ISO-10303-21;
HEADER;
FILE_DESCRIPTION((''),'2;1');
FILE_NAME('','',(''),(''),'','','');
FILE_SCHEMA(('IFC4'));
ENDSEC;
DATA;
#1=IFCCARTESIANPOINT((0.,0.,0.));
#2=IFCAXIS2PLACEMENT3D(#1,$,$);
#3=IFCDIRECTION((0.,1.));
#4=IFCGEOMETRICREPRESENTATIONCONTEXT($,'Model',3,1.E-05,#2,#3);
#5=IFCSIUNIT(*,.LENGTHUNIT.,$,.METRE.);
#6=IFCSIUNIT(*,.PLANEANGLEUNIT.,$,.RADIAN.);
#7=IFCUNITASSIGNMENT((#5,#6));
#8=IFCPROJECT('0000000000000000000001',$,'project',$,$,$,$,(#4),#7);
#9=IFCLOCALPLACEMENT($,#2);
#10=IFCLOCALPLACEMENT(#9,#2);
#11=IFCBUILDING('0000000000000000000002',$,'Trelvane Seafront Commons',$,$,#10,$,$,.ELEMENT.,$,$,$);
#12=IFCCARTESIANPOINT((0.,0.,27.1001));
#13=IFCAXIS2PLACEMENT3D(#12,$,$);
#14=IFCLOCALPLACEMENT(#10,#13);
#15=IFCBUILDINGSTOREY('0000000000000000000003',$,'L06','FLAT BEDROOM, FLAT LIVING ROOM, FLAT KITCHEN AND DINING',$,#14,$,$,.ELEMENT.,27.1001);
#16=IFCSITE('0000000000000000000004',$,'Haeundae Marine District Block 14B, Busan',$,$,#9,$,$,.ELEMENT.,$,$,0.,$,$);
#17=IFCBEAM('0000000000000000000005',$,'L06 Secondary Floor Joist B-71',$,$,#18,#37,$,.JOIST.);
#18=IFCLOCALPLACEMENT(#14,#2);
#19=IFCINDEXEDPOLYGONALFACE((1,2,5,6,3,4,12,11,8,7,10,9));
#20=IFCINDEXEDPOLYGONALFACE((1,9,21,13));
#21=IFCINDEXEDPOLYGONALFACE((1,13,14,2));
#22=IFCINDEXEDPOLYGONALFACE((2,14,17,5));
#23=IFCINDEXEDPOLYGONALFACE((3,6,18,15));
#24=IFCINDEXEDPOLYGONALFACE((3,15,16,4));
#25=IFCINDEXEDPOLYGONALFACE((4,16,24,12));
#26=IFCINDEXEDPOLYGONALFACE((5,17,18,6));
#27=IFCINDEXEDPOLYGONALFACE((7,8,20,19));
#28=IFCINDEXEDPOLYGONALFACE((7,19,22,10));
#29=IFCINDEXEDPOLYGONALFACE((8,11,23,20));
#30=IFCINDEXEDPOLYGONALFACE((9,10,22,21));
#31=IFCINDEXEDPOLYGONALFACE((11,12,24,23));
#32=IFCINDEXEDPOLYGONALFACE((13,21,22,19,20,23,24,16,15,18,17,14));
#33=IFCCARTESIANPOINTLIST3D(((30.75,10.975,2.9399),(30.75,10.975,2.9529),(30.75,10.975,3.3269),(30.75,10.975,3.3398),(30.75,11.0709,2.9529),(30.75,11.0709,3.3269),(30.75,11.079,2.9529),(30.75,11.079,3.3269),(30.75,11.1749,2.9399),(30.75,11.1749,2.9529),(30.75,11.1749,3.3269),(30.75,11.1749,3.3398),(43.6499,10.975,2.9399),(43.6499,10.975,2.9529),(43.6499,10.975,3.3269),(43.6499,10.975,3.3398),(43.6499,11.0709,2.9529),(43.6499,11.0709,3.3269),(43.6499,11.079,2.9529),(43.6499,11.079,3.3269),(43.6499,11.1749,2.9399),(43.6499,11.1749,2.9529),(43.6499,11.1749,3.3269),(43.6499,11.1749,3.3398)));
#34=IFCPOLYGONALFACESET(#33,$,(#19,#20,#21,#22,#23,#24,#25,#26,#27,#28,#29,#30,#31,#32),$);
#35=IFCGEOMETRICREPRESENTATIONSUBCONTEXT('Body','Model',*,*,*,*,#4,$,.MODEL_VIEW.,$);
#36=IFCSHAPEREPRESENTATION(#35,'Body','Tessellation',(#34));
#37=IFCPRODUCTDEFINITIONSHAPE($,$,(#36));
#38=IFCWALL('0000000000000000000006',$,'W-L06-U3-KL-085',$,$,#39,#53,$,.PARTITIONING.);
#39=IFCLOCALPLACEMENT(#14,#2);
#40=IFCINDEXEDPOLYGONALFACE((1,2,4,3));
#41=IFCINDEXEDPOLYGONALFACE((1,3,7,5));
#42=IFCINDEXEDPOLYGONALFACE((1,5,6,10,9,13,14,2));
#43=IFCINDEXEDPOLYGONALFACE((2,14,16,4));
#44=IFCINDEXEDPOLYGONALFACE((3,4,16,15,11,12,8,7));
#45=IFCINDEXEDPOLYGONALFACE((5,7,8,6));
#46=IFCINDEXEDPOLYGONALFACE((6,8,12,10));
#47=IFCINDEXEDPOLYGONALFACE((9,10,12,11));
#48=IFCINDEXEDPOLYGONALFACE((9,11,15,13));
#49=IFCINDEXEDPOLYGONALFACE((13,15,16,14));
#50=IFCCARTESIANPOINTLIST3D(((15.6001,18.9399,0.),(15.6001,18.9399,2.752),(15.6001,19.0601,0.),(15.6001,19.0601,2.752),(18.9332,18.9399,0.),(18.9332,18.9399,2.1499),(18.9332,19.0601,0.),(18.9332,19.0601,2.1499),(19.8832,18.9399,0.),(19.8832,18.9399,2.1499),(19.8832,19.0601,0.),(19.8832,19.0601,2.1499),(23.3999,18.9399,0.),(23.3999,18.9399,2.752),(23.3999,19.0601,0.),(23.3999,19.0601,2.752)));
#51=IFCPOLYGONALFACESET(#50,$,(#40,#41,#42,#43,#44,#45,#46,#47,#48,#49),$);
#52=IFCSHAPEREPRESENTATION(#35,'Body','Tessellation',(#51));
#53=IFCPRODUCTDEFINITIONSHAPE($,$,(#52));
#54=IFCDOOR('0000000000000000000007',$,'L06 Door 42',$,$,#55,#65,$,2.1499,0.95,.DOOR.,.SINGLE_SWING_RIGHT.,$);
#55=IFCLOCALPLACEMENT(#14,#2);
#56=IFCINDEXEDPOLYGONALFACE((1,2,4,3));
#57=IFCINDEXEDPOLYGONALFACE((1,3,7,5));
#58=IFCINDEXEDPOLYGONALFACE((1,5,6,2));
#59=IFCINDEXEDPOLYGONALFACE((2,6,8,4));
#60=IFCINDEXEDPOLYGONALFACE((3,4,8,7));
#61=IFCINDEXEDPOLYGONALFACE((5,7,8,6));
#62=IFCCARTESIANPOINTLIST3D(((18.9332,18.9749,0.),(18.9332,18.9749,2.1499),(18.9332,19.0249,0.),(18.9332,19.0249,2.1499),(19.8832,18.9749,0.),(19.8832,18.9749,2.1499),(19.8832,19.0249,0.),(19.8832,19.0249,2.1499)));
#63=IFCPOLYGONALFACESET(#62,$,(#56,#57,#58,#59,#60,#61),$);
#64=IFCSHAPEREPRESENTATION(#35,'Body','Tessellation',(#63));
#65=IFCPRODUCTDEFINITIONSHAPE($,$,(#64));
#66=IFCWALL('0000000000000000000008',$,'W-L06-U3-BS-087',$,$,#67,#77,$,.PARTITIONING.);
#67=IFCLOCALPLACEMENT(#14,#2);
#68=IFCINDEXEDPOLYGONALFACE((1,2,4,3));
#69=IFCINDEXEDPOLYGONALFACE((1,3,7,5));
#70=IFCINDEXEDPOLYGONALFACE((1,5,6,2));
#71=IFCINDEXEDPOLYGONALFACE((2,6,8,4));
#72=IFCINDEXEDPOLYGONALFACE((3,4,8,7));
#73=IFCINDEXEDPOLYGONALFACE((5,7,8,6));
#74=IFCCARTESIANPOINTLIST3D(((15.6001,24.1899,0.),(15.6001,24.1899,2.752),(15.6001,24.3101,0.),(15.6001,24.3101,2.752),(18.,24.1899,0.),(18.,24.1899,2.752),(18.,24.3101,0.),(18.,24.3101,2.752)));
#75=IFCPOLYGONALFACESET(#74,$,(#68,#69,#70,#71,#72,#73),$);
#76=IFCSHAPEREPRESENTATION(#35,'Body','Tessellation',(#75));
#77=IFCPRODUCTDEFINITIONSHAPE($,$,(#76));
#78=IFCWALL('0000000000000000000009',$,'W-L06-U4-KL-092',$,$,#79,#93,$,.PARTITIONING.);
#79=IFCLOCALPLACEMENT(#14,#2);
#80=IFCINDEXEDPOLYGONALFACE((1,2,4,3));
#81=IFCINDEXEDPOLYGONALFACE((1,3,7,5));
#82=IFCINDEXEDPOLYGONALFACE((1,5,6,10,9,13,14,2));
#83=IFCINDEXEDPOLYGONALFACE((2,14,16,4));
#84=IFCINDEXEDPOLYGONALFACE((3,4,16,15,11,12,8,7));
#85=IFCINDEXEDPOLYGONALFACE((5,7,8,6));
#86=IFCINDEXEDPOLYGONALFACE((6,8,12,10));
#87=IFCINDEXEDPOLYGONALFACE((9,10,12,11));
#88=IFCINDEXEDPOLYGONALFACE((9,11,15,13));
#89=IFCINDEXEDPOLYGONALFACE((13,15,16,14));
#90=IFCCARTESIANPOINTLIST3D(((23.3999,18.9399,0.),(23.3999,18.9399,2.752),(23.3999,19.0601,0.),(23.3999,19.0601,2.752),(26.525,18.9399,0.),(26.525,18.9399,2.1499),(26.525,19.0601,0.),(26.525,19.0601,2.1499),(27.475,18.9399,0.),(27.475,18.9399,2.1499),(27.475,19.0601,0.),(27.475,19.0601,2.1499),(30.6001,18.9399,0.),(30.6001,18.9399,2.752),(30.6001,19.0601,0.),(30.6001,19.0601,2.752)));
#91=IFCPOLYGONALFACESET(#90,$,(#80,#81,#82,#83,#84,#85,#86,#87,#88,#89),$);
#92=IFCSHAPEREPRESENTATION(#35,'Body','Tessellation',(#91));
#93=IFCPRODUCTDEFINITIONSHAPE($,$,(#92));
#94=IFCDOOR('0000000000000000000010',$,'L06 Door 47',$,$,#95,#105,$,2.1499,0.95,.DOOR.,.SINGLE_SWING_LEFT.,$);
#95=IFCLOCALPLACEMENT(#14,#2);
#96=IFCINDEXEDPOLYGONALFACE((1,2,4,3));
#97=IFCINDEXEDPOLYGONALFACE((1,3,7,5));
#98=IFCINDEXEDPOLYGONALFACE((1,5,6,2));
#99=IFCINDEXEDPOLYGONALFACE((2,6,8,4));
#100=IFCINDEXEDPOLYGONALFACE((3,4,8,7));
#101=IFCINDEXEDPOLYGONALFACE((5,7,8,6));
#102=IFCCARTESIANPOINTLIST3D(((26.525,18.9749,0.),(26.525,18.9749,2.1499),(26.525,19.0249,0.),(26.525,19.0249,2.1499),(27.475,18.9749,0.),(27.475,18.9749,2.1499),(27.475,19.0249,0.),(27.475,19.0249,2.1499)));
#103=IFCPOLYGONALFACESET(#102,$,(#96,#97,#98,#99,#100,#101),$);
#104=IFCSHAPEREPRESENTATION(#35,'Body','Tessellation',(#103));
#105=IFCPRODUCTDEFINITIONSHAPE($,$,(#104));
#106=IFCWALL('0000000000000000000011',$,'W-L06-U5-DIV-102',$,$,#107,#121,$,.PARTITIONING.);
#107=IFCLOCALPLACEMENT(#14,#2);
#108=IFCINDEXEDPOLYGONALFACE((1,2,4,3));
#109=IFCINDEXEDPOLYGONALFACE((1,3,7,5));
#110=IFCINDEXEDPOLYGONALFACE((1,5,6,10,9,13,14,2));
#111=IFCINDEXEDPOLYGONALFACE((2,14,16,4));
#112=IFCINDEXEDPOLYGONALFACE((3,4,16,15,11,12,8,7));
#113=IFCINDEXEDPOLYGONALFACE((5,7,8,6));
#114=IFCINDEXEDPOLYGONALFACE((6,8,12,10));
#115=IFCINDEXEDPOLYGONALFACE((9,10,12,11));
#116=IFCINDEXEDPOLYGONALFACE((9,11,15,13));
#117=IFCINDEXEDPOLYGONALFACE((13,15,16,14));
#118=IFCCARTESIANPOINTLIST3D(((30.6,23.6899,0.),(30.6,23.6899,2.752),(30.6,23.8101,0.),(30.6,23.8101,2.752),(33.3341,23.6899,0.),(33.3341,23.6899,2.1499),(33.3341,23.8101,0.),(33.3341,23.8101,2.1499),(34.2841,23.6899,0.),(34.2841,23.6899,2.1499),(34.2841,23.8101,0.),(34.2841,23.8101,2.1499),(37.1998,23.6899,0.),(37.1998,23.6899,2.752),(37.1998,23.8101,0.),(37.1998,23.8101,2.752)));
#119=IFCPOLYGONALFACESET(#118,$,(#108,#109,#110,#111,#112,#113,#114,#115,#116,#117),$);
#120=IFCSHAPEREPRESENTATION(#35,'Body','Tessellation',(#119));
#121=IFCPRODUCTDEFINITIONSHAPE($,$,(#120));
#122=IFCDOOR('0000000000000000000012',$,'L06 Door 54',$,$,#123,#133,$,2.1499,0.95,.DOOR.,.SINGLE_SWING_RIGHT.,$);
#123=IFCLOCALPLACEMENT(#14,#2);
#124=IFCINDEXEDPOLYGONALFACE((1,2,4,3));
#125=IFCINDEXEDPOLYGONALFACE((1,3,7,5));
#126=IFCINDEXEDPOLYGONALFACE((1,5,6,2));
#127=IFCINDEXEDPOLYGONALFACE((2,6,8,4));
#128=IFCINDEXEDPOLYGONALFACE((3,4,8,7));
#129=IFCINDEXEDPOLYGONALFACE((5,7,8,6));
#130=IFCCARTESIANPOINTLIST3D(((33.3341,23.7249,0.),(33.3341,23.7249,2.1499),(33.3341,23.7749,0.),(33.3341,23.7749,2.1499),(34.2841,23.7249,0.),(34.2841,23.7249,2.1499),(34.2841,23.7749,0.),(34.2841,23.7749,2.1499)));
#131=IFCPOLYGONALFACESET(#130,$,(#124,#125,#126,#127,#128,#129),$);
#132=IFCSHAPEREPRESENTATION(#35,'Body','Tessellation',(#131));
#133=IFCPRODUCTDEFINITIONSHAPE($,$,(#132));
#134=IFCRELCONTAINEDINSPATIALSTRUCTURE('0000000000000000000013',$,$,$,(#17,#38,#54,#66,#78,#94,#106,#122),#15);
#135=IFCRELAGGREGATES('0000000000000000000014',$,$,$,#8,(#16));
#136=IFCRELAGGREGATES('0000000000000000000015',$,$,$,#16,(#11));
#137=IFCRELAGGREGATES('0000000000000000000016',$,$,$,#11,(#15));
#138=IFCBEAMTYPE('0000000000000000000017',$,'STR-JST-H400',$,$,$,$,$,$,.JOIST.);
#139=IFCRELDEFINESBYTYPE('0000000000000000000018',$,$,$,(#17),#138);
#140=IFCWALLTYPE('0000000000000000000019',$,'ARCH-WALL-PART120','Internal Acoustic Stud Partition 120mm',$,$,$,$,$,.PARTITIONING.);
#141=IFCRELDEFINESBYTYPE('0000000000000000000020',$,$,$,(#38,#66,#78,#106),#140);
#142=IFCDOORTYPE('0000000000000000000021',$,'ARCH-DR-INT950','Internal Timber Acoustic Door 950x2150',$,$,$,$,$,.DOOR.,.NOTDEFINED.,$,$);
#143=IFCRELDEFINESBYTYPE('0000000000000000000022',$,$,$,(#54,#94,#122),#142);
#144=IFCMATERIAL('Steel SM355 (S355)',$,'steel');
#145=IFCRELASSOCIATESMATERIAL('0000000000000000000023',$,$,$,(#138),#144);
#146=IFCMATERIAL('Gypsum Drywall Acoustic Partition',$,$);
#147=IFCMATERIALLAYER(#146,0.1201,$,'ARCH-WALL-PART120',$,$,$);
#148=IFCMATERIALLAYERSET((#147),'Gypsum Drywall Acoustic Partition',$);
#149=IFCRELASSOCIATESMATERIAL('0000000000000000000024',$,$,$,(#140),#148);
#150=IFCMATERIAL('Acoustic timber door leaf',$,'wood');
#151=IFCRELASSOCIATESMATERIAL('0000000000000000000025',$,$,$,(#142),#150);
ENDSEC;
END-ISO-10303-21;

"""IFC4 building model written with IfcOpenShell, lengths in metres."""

from ifc_helpers import new_model, si_unit, direction, frame, frame_2d, origin, origin_2d, place, context, subcontext, project, spatial, rectangle, i_section, extrude, source, transform, mapped, material, layer, layer_set, material_profile, profile_set, type_object, element, fill, save


model = new_model("IFC4")

# Units and contexts
model_context = context("Model", 3, precision=1e-05, world=origin(), true_north=direction((0.0, 1.0)))
body_context = subcontext(model_context, "Body", "Model", "MODEL_VIEW")
ifc_project = project(units=[si_unit("LENGTHUNIT", "METRE"), si_unit("PLANEANGLEUNIT", "RADIAN")], contexts=[model_context])

# Site, building, storey
site_placement = place(None, origin())
site = spatial("IfcSite", under=ifc_project, at=site_placement, Name="Haeundae Marine District Block 14B, Busan", CompositionType="ELEMENT", RefElevation=0.0)
building_placement = place(site_placement, origin())
building = spatial("IfcBuilding", under=site, at=building_placement, Name="Trelvane Seafront Commons", CompositionType="ELEMENT")
storey_placement = place(building_placement, frame((0.0, 0.0, 27.1001)))
storey = spatial("IfcBuildingStorey", under=building, at=storey_placement, Name="L06", Description="FLAT BEDROOM, FLAT LIVING ROOM, FLAT KITCHEN AND DINING", CompositionType="ELEMENT", Elevation=27.1001)

# Shared definitions
ifc_material_1 = material(Name="Steel SM355 (S355)", Category="steel")

# Beam
ifc_material_profile_1 = material_profile(ifc_material_1, i_section(OverallWidth=0.2, OverallDepth=0.3999, WebThickness=0.0081, FlangeThickness=0.0129, at=origin_2d()), Name="H-400x200x8x13")
ifc_profile_set_1 = profile_set([ifc_material_profile_1], Name="Steel SM355 (S355)")
beam_type_1 = type_object("IfcBeamType", Name="STR-JST-H400", PredefinedType="JOIST", material=ifc_profile_set_1)
shared_shape_1 = source(origin(), body_context, "Body", "SweptSolid", [
    extrude(i_section(OverallWidth=0.2, OverallDepth=0.3999, WebThickness=0.0081, FlangeThickness=0.0129, at=origin_2d()), origin(), (0.0, 0.0, 1.0), 12.8999),
])
beam_1_placement = place(storey_placement, frame((30.75, 11.075, 3.1399), z_axis=(1.0, 0.0, 0.0), x_axis=(0.0, 1.0, 0.0)))
element("IfcBeam", 1, at=beam_1_placement, inside=storey, type_object=beam_type_1, Name="L06 Secondary Floor Joist B-71", PredefinedType="JOIST", context=body_context, shape_type="MappedRepresentation", body=[
    mapped(shared_shape_1, transform((0.0, 0.0, 0.0), x_axis=(1.0, 0.0, 0.0), y_axis=(0.0, 1.0, 0.0), z_axis=(0.0, 0.0, 1.0), scale=1.0)),
])

# Wall, opening, door
ifc_material_2 = material(Name="Gypsum Drywall Acoustic Partition")
ifc_layer = layer(ifc_material_2, 0.1201, Name="ARCH-WALL-PART120")
ifc_layer_set = layer_set([ifc_layer], Name="Gypsum Drywall Acoustic Partition")
wall_type = type_object("IfcWallType", Name="ARCH-WALL-PART120", Description="Internal Acoustic Stud Partition 120mm", PredefinedType="PARTITIONING", material=ifc_layer_set)
wall_1_placement = place(storey_placement, frame((15.6001, 19.0, 0.0), z_axis=(0.0, 0.0, 1.0), x_axis=(1.0, 0.0, 0.0)))
wall_1 = element("IfcWall", 2, at=wall_1_placement, inside=storey, type_object=wall_type, Name="W-L06-U3-KL-085", PredefinedType="PARTITIONING", context=body_context, shape_type="SweptSolid", body=[
    extrude(rectangle(XDim=7.7998, YDim=0.1201, at=frame_2d((3.8999, 0.0))), origin(), (0.0, 0.0, 1.0), 2.752),
])
opening_1_placement = place(wall_1_placement, frame((3.333, 0.0, 0.0)))
opening_1 = element("IfcOpeningElement", 3, at=opening_1_placement, cuts=wall_1, PredefinedType="OPENING", context=body_context, shape_type="SweptSolid", body=[
    extrude(rectangle(XDim=0.95, YDim=2.1499, at=frame_2d((0.4751, 1.075))), frame((0.0, 0.0701, 0.0), z_axis=(0.0, -1.0, 0.0), x_axis=(1.0, 0.0, 0.0)), (0.0, 0.0, 1.0), 0.1401),
])
ifc_material_3 = material(Name="Acoustic timber door leaf", Category="wood")
door_type = type_object("IfcDoorType", Name="ARCH-DR-INT950", Description="Internal Timber Acoustic Door 950x2150", OperationType="NOTDEFINED", PredefinedType="DOOR", material=ifc_material_3)
shared_shape_2 = source(origin(), body_context, "Body", "SweptSolid", [
    extrude(rectangle(XDim=0.95, YDim=2.1499, at=frame_2d((0.4751, 1.075))), frame((0.0, 0.0249, 0.0), z_axis=(0.0, -1.0, 0.0), x_axis=(1.0, 0.0, 0.0)), (0.0, 0.0, 1.0), 0.05),
])
door_1_placement = place(opening_1_placement, origin())
door_1 = element("IfcDoor", 4, at=door_1_placement, inside=storey, type_object=door_type, Name="L06 Door 42", OperationType="SINGLE_SWING_RIGHT", OverallHeight=2.1499, OverallWidth=0.95, PredefinedType="DOOR", context=body_context, shape_type="MappedRepresentation", body=[
    mapped(shared_shape_2, transform((0.0, 0.0, 0.0), x_axis=(1.0, 0.0, 0.0), y_axis=(0.0, 1.0, 0.0), z_axis=(0.0, 0.0, 1.0), scale=1.0)),
])
fill(opening_1, door_1)

# Wall
wall_2_placement = place(storey_placement, frame((15.6001, 24.25, 0.0), z_axis=(0.0, 0.0, 1.0), x_axis=(1.0, 0.0, 0.0)))
element("IfcWall", 5, at=wall_2_placement, inside=storey, type_object=wall_type, Name="W-L06-U3-BS-087", PredefinedType="PARTITIONING", context=body_context, shape_type="SweptSolid", body=[
    extrude(rectangle(XDim=2.3999, YDim=0.1201, at=frame_2d((1.2, 0.0))), origin(), (0.0, 0.0, 1.0), 2.752),
])

# Walls, openings, doors
wall_3_placement = place(storey_placement, frame((23.3999, 19.0, 0.0), z_axis=(0.0, 0.0, 1.0), x_axis=(1.0, 0.0, 0.0)))
wall_3 = element("IfcWall", 6, at=wall_3_placement, inside=storey, type_object=wall_type, Name="W-L06-U4-KL-092", PredefinedType="PARTITIONING", context=body_context, shape_type="SweptSolid", body=[
    extrude(rectangle(XDim=7.2002, YDim=0.1201, at=frame_2d((3.6001, 0.0))), origin(), (0.0, 0.0, 1.0), 2.752),
])
opening_2_placement = place(wall_3_placement, frame((3.125, 0.0, 0.0)))
opening_2 = element("IfcOpeningElement", 7, at=opening_2_placement, cuts=wall_3, PredefinedType="OPENING", context=body_context, shape_type="SweptSolid", body=[
    extrude(rectangle(XDim=0.95, YDim=2.1499, at=frame_2d((0.4751, 1.075))), frame((0.0, 0.0701, 0.0), z_axis=(0.0, -1.0, 0.0), x_axis=(1.0, 0.0, 0.0)), (0.0, 0.0, 1.0), 0.1401),
])
door_2_placement = place(opening_2_placement, origin())
door_2 = element("IfcDoor", 8, at=door_2_placement, inside=storey, type_object=door_type, Name="L06 Door 47", OperationType="SINGLE_SWING_LEFT", OverallHeight=2.1499, OverallWidth=0.95, PredefinedType="DOOR", context=body_context, shape_type="MappedRepresentation", body=[
    mapped(shared_shape_2, transform((0.0, 0.0, 0.0), x_axis=(1.0, 0.0, 0.0), y_axis=(0.0, 1.0, 0.0), z_axis=(0.0, 0.0, 1.0), scale=1.0)),
])
fill(opening_2, door_2)
wall_4_placement = place(storey_placement, frame((30.6001, 23.75, 0.0), z_axis=(0.0, 0.0, 1.0), x_axis=(1.0, 0.0, 0.0)))
wall_4 = element("IfcWall", 9, at=wall_4_placement, inside=storey, type_object=wall_type, Name="W-L06-U5-DIV-102", PredefinedType="PARTITIONING", context=body_context, shape_type="SweptSolid", body=[
    extrude(rectangle(XDim=6.5999, YDim=0.1201, at=frame_2d((3.2998, 0.0))), origin(), (0.0, 0.0, 1.0), 2.752),
])
opening_3_placement = place(wall_4_placement, frame((2.7339, 0.0, 0.0)))
opening_3 = element("IfcOpeningElement", 10, at=opening_3_placement, cuts=wall_4, PredefinedType="OPENING", context=body_context, shape_type="SweptSolid", body=[
    extrude(rectangle(XDim=0.95, YDim=2.1499, at=frame_2d((0.4751, 1.075))), frame((0.0, 0.0701, 0.0), z_axis=(0.0, -1.0, 0.0), x_axis=(1.0, 0.0, 0.0)), (0.0, 0.0, 1.0), 0.1401),
])
door_3_placement = place(opening_3_placement, origin())
door_3 = element("IfcDoor", 11, at=door_3_placement, inside=storey, type_object=door_type, Name="L06 Door 54", OperationType="SINGLE_SWING_RIGHT", OverallHeight=2.1499, OverallWidth=0.95, PredefinedType="DOOR", context=body_context, shape_type="MappedRepresentation", body=[
    mapped(shared_shape_2, transform((0.0, 0.0, 0.0), x_axis=(1.0, 0.0, 0.0), y_axis=(0.0, 1.0, 0.0), z_axis=(0.0, 0.0, 1.0), scale=1.0)),
])
fill(opening_3, door_3)

save(model, "model.ifc")
